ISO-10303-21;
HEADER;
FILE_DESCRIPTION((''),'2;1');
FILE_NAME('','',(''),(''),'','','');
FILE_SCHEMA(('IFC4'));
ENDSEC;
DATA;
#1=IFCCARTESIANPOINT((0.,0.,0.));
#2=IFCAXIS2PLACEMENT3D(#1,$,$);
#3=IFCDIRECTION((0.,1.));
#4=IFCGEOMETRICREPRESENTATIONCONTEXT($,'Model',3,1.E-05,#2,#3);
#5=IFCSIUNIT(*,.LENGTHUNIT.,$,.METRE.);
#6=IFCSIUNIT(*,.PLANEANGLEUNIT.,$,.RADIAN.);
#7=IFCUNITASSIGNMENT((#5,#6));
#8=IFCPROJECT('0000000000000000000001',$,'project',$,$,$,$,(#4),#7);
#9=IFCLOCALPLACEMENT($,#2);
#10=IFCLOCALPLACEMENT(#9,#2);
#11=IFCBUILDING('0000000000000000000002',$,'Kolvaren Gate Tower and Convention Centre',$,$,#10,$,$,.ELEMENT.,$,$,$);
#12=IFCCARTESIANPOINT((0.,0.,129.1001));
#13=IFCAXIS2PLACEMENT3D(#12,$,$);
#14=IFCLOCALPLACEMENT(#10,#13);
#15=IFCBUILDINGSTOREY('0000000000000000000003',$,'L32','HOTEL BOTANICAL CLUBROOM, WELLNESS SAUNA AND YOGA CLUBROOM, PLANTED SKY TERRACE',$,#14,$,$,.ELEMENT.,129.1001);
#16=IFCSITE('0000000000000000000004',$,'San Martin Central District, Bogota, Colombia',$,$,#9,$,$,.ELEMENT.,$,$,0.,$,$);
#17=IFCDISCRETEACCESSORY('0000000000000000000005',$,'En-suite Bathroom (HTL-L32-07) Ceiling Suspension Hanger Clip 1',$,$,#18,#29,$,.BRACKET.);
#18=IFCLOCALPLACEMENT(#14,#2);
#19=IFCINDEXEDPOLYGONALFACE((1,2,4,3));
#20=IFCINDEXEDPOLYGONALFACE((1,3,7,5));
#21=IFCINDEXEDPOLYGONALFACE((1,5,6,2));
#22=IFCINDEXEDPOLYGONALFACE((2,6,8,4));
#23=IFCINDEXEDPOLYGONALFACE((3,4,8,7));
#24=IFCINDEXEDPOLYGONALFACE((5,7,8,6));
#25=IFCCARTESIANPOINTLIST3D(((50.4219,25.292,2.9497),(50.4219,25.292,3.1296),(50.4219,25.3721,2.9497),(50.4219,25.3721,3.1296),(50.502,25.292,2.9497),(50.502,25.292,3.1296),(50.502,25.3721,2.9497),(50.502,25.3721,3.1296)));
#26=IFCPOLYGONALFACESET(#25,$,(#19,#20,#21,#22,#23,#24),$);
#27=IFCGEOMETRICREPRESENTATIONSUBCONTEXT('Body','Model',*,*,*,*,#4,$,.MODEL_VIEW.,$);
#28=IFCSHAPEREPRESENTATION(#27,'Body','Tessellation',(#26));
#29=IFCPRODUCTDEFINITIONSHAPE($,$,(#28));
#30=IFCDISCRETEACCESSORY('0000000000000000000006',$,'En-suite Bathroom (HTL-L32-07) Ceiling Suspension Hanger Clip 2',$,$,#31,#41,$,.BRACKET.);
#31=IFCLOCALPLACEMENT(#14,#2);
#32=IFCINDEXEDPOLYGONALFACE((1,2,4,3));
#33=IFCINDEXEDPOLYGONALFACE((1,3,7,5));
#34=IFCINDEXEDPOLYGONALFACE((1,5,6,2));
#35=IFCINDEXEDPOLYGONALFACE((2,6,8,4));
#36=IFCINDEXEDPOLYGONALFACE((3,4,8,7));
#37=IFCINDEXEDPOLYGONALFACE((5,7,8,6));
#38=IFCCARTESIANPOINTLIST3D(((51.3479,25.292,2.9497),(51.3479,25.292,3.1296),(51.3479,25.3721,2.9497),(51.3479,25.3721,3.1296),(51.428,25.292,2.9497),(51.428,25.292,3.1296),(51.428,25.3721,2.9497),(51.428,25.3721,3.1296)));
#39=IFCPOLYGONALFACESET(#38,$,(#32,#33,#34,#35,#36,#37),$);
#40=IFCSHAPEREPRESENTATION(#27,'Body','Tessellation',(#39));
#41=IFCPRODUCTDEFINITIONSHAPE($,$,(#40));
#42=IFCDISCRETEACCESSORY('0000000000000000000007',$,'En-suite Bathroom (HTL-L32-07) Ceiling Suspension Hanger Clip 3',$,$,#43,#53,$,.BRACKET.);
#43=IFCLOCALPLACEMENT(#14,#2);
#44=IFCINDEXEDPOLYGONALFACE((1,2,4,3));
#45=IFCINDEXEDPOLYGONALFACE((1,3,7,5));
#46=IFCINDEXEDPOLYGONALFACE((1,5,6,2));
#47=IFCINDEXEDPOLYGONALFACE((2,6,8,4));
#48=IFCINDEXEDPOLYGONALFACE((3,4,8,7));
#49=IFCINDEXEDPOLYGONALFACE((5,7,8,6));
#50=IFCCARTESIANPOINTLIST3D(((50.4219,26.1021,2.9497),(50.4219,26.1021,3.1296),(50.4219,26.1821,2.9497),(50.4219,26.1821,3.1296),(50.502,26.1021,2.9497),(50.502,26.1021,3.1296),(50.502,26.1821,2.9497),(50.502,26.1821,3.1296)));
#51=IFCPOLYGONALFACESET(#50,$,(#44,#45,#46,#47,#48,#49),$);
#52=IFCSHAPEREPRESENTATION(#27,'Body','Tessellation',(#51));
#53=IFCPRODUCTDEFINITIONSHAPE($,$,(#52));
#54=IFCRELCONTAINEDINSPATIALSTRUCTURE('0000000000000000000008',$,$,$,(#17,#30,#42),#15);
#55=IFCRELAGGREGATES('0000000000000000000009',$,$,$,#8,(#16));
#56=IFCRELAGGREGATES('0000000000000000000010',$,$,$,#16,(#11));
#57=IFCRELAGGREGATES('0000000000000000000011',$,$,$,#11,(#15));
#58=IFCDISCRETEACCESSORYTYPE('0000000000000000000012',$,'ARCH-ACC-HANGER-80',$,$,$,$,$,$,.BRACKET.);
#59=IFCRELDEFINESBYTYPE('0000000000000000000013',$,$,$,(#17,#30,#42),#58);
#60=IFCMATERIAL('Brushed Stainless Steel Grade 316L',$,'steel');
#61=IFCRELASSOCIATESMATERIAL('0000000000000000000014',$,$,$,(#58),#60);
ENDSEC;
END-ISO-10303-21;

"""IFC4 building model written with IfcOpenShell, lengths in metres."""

from ifc_helpers import new_model, si_unit, direction, frame, origin, origin_2d, place, context, subcontext, project, spatial, rectangle, extrude, material, type_object, element, save


model = new_model("IFC4")

# Units and contexts
model_context = context("Model", 3, precision=1e-05, world=origin(), true_north=direction((0.0, 1.0)))
body_context = subcontext(model_context, "Body", "Model", "MODEL_VIEW")
ifc_project = project(units=[si_unit("LENGTHUNIT", "METRE"), si_unit("PLANEANGLEUNIT", "RADIAN")], contexts=[model_context])

# Site, building, storey
site_placement = place(None, origin())
site = spatial("IfcSite", under=ifc_project, at=site_placement, Name="San Martin Central District, Bogota, Colombia", CompositionType="ELEMENT", RefElevation=0.0)
building_placement = place(site_placement, origin())
building = spatial("IfcBuilding", under=site, at=building_placement, Name="Kolvaren Gate Tower and Convention Centre", CompositionType="ELEMENT")
storey_placement = place(building_placement, frame((0.0, 0.0, 129.1001)))
storey = spatial("IfcBuildingStorey", under=building, at=storey_placement, Name="L32", Description="HOTEL BOTANICAL CLUBROOM, WELLNESS SAUNA AND YOGA CLUBROOM, PLANTED SKY TERRACE", CompositionType="ELEMENT", Elevation=129.1001)

# Shared definitions
ifc_material_1 = material(Name="Brushed Stainless Steel Grade 316L", Category="steel")

# Discrete accessories
discrete_accessory_type_1 = type_object("IfcDiscreteAccessoryType", Name="ARCH-ACC-HANGER-80", PredefinedType="BRACKET", material=ifc_material_1)
for number, where, z_axis, x_axis, name in (
    (1, (50.4619, 25.332, 2.9497), (0.0, 0.0, 1.0), (1.0, 0.0, 0.0), "En-suite Bathroom (HTL-L32-07) Ceiling Suspension Hanger Clip 1"),
    (2, (51.3879, 25.332, 2.9497), (0.0, 0.0, 1.0), (1.0, 0.0, 0.0), "En-suite Bathroom (HTL-L32-07) Ceiling Suspension Hanger Clip 2"),
    (3, (50.4619, 26.1421, 2.9497), (0.0, 0.0, 1.0), (1.0, 0.0, 0.0), "En-suite Bathroom (HTL-L32-07) Ceiling Suspension Hanger Clip 3"),
):
    element("IfcDiscreteAccessory", number, at=place(storey_placement, frame(where, z_axis=z_axis, x_axis=x_axis)), inside=storey, type_object=discrete_accessory_type_1, Name=name, PredefinedType="BRACKET", context=body_context, shape_type="SweptSolid", body=[
        extrude(rectangle(XDim=0.0801, YDim=0.0801, at=origin_2d()), origin(), (0.0, 0.0, 1.0), 0.1799),
    ])

save(model, "model.ifc")
